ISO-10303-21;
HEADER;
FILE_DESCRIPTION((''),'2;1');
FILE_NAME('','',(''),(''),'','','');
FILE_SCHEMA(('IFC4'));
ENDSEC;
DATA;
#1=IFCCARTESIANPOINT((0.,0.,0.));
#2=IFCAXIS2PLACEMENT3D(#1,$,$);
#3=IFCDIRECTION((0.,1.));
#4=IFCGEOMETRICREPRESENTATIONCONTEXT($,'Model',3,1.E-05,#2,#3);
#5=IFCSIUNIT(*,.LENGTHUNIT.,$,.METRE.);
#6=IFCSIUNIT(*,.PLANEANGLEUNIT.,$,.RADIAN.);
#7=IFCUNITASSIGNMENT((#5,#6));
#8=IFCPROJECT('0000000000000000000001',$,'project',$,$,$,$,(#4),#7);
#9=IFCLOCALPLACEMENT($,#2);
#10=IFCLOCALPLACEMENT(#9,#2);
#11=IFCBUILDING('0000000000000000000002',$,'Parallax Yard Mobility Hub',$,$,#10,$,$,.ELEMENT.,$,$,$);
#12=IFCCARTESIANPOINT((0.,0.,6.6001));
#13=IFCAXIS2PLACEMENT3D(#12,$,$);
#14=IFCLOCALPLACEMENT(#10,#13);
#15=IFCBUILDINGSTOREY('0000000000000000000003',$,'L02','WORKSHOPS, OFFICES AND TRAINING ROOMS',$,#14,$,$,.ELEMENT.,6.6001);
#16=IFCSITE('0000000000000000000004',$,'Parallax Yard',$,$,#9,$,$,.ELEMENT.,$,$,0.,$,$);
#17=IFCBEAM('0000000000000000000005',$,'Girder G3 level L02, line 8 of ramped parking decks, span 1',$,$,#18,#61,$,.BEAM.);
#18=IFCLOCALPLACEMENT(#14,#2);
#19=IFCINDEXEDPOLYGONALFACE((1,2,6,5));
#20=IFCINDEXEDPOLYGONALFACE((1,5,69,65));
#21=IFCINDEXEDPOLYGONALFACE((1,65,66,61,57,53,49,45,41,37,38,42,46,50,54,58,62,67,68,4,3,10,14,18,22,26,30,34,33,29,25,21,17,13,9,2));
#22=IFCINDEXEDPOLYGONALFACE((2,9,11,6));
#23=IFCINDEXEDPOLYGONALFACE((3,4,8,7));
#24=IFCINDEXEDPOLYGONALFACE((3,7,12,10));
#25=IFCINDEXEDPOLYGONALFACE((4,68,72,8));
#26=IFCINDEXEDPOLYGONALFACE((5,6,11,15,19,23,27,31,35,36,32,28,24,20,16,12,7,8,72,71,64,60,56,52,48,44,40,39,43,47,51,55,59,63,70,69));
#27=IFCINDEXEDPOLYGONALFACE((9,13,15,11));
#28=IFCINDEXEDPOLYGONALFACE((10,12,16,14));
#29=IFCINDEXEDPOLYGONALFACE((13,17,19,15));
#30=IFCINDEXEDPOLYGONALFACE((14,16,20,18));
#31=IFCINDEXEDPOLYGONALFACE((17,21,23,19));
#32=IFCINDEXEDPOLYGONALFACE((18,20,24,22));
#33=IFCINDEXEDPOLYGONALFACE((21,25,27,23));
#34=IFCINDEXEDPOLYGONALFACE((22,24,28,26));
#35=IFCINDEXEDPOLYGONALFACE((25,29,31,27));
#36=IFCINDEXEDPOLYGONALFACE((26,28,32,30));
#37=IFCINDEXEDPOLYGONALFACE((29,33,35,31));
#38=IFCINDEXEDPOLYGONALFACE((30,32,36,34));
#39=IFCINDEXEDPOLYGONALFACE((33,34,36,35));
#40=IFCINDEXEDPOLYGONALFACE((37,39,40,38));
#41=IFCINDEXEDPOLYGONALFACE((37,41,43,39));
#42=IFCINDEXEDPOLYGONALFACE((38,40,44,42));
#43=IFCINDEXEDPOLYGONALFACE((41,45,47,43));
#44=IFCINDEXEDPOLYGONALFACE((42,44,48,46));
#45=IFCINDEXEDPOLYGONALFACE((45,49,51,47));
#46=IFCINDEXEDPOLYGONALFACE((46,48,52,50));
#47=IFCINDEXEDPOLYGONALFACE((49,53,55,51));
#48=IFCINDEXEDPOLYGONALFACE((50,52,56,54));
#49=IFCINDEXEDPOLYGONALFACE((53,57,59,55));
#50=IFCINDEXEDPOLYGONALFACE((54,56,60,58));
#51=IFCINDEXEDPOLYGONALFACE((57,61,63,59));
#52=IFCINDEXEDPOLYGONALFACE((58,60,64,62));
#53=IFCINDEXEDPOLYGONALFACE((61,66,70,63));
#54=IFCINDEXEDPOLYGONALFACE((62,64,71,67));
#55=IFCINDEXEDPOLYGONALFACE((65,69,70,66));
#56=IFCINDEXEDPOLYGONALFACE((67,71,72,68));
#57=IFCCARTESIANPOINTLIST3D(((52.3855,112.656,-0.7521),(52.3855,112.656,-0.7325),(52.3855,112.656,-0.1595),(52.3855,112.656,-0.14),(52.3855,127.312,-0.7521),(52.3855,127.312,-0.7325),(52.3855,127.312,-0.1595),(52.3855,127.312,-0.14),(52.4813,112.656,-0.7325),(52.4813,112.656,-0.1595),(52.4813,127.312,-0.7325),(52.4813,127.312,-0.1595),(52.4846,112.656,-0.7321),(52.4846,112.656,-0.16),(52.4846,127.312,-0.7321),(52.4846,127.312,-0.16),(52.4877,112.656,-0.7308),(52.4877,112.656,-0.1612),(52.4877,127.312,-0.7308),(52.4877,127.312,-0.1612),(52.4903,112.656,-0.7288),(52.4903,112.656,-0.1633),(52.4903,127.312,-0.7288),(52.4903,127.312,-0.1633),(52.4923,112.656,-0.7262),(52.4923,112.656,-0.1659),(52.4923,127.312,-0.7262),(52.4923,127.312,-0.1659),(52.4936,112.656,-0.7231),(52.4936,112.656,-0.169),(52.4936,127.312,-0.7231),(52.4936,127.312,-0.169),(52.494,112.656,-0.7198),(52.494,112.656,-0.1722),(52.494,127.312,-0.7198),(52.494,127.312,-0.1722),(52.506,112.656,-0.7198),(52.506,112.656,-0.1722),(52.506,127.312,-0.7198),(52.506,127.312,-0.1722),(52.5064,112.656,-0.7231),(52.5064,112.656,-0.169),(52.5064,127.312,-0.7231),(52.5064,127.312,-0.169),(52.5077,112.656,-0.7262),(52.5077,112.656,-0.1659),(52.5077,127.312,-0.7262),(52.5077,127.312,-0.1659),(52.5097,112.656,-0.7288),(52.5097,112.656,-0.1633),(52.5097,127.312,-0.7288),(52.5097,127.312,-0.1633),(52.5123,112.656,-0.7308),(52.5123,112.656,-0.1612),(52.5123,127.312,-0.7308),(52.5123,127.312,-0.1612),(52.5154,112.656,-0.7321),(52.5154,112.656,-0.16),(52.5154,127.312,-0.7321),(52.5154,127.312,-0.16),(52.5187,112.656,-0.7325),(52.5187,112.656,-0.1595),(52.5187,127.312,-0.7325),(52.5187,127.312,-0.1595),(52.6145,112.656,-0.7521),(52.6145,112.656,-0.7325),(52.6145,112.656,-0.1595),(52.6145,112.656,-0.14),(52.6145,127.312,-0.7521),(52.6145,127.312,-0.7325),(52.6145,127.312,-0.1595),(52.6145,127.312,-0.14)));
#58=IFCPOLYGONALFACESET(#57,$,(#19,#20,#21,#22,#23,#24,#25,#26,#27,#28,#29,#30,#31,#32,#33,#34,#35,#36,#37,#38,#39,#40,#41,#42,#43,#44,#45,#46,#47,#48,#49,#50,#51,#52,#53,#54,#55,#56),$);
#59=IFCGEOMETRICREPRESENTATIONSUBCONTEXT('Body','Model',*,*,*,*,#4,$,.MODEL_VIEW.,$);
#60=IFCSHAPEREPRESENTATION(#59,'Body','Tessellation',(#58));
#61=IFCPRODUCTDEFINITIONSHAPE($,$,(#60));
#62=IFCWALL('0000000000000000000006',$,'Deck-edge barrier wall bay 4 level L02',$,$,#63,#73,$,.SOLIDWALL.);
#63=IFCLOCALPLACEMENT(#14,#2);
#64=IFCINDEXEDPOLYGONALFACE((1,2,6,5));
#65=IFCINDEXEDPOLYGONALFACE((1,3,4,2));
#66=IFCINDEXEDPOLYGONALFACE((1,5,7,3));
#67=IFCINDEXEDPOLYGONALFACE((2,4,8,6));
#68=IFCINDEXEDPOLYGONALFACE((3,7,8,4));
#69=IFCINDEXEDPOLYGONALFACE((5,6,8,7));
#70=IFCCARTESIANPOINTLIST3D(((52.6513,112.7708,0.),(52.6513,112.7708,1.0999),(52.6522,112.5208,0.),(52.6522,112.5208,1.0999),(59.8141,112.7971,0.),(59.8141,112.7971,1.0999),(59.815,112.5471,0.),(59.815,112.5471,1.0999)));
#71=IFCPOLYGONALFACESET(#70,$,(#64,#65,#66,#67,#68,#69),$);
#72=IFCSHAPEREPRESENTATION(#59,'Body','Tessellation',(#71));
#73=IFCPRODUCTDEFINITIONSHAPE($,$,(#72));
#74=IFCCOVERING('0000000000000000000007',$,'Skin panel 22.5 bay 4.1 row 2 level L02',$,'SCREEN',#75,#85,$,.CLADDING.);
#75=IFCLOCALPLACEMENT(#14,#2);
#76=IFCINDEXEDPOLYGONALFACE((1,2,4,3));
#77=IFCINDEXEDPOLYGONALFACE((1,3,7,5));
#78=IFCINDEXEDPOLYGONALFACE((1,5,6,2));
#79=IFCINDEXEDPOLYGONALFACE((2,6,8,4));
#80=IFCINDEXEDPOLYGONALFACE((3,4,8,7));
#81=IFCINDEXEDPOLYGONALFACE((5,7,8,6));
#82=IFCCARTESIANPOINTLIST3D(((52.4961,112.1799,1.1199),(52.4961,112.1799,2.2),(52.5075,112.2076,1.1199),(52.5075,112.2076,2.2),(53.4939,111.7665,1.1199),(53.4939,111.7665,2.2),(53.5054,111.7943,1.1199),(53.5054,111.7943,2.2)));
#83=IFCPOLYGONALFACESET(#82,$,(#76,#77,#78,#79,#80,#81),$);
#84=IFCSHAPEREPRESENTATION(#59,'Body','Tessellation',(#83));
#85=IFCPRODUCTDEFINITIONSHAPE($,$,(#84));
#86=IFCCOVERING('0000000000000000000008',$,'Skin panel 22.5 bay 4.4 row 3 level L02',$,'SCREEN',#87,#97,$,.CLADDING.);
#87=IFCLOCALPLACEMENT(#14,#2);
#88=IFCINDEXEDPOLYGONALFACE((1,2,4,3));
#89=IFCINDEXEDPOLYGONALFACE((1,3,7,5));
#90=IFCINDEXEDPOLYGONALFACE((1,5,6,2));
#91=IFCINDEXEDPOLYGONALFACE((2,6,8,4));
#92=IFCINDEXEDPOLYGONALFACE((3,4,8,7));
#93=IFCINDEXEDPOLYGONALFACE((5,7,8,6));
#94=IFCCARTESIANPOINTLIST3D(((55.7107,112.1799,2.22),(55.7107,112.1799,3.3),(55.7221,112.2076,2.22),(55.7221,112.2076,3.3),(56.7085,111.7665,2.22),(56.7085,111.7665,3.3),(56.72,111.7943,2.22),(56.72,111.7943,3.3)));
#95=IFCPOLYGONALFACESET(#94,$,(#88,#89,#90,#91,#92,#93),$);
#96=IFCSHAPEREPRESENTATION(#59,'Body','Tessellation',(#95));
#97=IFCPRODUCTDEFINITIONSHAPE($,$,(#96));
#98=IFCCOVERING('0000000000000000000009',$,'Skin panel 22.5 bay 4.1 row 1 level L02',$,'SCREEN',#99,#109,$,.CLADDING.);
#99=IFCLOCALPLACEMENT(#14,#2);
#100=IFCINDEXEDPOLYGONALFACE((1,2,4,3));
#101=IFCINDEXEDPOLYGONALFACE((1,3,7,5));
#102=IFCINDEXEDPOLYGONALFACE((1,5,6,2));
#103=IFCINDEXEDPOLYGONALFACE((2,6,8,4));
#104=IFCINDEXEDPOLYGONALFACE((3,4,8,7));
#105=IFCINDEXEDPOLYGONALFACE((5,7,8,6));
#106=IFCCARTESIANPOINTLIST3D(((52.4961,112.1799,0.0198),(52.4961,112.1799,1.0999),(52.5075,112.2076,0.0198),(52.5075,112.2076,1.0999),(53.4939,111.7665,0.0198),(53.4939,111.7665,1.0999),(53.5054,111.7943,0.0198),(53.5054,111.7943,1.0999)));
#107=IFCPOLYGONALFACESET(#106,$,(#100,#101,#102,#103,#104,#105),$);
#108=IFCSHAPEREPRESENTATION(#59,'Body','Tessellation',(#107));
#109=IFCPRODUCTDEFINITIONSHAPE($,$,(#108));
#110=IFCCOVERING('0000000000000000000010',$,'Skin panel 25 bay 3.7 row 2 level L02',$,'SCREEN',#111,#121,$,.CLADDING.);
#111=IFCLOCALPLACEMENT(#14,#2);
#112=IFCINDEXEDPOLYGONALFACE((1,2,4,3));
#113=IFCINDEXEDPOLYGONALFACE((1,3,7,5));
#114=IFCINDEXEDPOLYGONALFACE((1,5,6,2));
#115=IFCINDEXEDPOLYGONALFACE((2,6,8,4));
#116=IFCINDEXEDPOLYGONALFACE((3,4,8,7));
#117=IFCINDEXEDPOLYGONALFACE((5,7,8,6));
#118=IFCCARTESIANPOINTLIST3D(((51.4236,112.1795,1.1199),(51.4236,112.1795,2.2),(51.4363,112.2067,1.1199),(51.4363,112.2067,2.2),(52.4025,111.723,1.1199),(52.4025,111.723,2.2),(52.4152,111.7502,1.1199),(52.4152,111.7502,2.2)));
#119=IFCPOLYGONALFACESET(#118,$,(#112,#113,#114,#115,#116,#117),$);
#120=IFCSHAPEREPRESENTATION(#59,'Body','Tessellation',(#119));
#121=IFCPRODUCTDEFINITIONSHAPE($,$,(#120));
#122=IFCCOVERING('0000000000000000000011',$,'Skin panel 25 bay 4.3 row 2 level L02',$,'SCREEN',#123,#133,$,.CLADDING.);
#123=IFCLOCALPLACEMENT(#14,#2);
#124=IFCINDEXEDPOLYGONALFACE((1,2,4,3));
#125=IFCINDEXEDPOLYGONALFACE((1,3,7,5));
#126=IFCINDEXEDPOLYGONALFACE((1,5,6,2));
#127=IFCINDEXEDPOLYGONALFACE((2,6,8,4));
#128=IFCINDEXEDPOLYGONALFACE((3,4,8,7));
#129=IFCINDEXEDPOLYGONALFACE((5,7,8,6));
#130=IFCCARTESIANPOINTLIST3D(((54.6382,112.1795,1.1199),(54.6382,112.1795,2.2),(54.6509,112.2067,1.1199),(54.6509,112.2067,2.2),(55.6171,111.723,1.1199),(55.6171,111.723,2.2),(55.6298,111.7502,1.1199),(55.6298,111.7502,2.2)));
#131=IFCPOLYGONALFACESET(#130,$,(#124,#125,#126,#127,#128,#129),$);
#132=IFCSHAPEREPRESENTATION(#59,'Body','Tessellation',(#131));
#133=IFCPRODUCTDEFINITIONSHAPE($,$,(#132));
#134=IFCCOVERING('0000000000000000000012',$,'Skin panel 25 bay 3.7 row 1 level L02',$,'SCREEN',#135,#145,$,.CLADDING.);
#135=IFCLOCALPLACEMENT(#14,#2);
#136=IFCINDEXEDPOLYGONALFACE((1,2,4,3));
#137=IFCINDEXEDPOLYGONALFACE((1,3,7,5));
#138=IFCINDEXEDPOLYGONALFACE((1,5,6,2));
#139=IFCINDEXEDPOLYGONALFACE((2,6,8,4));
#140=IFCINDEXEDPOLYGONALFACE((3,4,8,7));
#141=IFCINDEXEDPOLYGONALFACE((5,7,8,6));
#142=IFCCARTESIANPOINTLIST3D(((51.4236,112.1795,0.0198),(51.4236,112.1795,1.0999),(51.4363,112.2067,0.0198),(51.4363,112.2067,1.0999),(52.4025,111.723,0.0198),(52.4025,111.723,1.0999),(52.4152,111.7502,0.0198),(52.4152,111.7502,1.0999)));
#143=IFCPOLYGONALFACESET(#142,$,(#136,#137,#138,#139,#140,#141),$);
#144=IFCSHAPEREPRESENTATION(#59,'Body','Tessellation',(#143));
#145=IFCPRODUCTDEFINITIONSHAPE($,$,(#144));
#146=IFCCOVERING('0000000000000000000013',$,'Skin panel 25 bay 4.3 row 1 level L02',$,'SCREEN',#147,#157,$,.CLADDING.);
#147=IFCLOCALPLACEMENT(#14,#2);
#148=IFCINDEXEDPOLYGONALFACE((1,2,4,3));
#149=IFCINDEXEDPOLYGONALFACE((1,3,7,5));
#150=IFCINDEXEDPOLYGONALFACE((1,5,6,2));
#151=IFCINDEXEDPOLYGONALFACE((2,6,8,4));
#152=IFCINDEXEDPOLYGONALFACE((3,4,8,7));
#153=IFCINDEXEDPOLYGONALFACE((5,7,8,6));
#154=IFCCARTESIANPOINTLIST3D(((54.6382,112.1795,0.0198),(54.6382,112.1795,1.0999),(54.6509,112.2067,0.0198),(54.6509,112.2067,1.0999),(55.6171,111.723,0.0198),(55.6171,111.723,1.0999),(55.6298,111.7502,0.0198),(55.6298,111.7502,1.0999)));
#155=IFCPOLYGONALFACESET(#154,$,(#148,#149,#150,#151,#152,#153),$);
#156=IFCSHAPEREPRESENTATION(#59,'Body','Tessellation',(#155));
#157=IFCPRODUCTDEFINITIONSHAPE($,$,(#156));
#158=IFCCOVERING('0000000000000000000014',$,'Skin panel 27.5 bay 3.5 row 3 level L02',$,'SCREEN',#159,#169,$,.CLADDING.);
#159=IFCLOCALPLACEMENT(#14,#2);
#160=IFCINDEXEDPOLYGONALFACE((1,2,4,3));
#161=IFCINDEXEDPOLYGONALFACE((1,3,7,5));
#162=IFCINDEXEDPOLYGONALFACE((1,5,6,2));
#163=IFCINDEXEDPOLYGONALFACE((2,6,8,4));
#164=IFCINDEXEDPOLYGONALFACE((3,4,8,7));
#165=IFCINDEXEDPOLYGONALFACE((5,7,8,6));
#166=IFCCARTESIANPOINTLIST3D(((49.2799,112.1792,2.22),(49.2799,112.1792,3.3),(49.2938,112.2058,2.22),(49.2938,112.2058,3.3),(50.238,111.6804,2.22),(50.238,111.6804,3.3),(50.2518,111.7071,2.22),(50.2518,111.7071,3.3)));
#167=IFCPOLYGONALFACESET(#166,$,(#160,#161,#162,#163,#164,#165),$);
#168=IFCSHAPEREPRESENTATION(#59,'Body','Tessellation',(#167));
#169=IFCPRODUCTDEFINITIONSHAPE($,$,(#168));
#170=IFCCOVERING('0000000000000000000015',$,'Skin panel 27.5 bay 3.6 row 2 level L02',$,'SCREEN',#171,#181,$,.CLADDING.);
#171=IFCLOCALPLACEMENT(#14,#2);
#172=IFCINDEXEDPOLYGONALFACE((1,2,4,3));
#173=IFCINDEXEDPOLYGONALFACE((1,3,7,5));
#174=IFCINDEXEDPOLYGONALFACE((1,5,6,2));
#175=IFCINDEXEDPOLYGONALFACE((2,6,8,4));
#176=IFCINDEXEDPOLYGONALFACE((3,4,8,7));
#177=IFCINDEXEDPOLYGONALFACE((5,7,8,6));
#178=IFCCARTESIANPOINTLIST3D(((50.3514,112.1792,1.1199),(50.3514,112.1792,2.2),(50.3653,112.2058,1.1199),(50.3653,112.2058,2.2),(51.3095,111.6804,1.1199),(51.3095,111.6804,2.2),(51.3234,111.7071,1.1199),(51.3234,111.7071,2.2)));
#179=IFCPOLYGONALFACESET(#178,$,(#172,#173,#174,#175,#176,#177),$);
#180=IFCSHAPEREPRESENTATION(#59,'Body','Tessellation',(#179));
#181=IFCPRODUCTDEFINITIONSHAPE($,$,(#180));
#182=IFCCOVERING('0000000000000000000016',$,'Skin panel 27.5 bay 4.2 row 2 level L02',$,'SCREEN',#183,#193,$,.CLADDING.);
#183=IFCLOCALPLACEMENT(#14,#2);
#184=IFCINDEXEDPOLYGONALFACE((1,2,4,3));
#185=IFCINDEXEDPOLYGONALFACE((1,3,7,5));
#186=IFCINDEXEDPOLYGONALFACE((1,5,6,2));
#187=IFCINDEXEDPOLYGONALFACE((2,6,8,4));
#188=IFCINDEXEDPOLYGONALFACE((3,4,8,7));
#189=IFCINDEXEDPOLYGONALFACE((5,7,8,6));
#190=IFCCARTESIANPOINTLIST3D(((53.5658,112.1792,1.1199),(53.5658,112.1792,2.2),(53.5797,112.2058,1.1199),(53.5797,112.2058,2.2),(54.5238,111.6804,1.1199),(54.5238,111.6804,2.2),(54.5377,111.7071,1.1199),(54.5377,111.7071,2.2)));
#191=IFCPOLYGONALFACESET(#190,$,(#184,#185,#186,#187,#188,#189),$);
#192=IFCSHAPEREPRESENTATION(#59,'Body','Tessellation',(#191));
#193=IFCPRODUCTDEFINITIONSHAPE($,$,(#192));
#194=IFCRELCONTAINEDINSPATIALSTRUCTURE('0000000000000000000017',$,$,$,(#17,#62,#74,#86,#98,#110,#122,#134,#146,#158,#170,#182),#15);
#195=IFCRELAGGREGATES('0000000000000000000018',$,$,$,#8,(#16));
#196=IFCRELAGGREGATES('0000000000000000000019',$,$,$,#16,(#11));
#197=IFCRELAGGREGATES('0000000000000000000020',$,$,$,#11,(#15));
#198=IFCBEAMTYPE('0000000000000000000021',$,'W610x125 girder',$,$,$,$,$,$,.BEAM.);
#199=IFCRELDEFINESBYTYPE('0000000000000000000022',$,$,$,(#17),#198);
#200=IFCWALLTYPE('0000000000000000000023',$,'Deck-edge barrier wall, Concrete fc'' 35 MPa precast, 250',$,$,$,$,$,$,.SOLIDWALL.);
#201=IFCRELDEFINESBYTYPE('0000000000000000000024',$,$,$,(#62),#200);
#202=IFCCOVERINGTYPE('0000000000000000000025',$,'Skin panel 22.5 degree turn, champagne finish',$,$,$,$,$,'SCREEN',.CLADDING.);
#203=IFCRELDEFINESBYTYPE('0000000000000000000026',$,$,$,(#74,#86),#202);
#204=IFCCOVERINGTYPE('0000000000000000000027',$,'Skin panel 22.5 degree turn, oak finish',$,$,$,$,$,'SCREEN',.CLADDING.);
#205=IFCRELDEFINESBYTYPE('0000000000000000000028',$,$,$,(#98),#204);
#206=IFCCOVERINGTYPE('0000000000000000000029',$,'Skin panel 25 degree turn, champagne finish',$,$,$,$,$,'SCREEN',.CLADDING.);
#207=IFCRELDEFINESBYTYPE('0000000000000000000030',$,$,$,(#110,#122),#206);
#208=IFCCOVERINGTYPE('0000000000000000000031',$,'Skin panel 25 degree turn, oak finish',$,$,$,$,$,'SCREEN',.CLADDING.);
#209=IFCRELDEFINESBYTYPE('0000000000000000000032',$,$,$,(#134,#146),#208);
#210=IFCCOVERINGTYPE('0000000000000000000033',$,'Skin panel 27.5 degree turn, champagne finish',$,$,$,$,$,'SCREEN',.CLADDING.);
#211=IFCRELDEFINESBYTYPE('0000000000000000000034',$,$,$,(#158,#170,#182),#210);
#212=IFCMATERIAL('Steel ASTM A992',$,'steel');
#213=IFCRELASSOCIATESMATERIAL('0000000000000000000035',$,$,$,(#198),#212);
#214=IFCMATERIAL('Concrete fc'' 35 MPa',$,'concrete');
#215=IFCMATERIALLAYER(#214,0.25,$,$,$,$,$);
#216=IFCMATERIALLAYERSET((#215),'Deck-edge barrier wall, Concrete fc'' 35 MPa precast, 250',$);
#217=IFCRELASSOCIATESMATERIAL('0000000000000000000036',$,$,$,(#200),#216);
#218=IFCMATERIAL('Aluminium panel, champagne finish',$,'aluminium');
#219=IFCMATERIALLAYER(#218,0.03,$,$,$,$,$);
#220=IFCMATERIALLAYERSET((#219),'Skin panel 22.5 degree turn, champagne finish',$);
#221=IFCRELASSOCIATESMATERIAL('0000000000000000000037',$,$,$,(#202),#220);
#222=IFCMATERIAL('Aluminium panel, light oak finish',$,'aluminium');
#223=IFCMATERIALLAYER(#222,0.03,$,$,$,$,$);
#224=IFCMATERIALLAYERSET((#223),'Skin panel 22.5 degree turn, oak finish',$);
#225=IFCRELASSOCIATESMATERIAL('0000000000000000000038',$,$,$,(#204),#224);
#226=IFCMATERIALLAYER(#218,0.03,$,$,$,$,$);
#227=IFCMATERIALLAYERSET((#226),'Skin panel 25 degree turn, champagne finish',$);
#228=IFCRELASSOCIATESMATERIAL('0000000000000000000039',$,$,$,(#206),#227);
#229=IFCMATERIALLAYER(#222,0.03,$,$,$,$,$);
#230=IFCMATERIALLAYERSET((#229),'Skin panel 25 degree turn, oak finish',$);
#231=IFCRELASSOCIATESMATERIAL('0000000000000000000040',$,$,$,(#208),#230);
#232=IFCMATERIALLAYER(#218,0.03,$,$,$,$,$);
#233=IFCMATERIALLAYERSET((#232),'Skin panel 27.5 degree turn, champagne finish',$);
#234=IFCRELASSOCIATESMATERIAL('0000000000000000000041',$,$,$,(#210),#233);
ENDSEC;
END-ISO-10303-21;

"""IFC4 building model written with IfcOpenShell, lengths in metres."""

from ifc_helpers import new_model, si_unit, direction, frame, frame_2d, origin, origin_2d, place, context, subcontext, project, spatial, rectangle, i_section, extrude, material, layer, layer_set, material_profile, profile_set, type_object, element, save


model = new_model("IFC4")

# Units and contexts
model_context = context("Model", 3, precision=1e-05, world=origin(), true_north=direction((0.0, 1.0)))
body_context = subcontext(model_context, "Body", "Model", "MODEL_VIEW")
ifc_project = project(units=[si_unit("LENGTHUNIT", "METRE"), si_unit("PLANEANGLEUNIT", "RADIAN")], contexts=[model_context])

# Site, building, storey
site_placement = place(None, origin())
site = spatial("IfcSite", under=ifc_project, at=site_placement, Name="Parallax Yard", CompositionType="ELEMENT", RefElevation=0.0)
building_placement = place(site_placement, origin())
building = spatial("IfcBuilding", under=site, at=building_placement, Name="Parallax Yard Mobility Hub", CompositionType="ELEMENT")
storey_placement = place(building_placement, frame((0.0, 0.0, 6.6001)))
storey = spatial("IfcBuildingStorey", under=building, at=storey_placement, Name="L02", Description="WORKSHOPS, OFFICES AND TRAINING ROOMS", CompositionType="ELEMENT", Elevation=6.6001)

# Shared definitions
ifc_material_1 = material(Name="Steel ASTM A992", Category="steel")

# Beam
ifc_material_profile_1 = material_profile(ifc_material_1, i_section(OverallWidth=0.229, OverallDepth=0.6121, WebThickness=0.012, FlangeThickness=0.0195, FilletRadius=0.0127, at=origin_2d()), Name="W610x125")
ifc_profile_set_1 = profile_set([ifc_material_profile_1], Name="Steel ASTM A992")
beam_type_1 = type_object("IfcBeamType", Name="W610x125 girder", PredefinedType="BEAM", material=ifc_profile_set_1)
beam_1_placement = place(storey_placement, frame((52.5, 112.656, -0.446), z_axis=(0.0, 1.0, 0.0), x_axis=(-1.0, 0.0, 0.0)))
element("IfcBeam", 1, at=beam_1_placement, inside=storey, type_object=beam_type_1, Name="Girder G3 level L02, line 8 of ramped parking decks, span 1", PredefinedType="BEAM", context=body_context, shape_type="SweptSolid", body=[
    extrude(i_section(OverallWidth=0.229, OverallDepth=0.6121, WebThickness=0.012, FlangeThickness=0.0195, FilletRadius=0.0127, at=origin_2d()), origin(), (0.0, 0.0, 1.0), 14.656),
])

# Wall
ifc_material_2 = material(Name="Concrete fc' 35 MPa", Category="concrete")
ifc_layer_1 = layer(ifc_material_2, 0.25)
ifc_layer_set_1 = layer_set([ifc_layer_1], Name="Deck-edge barrier wall, Concrete fc' 35 MPa precast, 250")
wall_type = type_object("IfcWallType", Name="Deck-edge barrier wall, Concrete fc' 35 MPa precast, 250", PredefinedType="SOLIDWALL", material=ifc_layer_set_1)
wall_placement = place(storey_placement, frame((52.6516, 112.6458, 0.0), z_axis=(0.0, 0.0, 1.0), x_axis=(0.999993, 0.003681, 0.0)))
element("IfcWall", 2, at=wall_placement, inside=storey, type_object=wall_type, Name="Deck-edge barrier wall bay 4 level L02", PredefinedType="SOLIDWALL", context=body_context, shape_type="SweptSolid", body=[
    extrude(rectangle(XDim=7.1628, YDim=0.25, at=frame_2d((3.5815, 0.0))), origin(), (0.0, 0.0, 1.0), 1.0999),
])

# Coverings
ifc_material_3 = material(Name="Aluminium panel, champagne finish", Category="aluminium")
ifc_layer_2 = layer(ifc_material_3, 0.03)
ifc_layer_set_2 = layer_set([ifc_layer_2], Name="Skin panel 22.5 degree turn, champagne finish")
covering_type_1 = type_object("IfcCoveringType", Name="Skin panel 22.5 degree turn, champagne finish", ElementType="SCREEN", PredefinedType="CLADDING", material=ifc_layer_set_2)
for number, where, z_axis, x_axis, name in (
    (3, (53.0007, 111.9871, 1.1199), (0.0, 0.0, 1.0), (0.92388, -0.382683, 0.0), "Skin panel 22.5 bay 4.1 row 2 level L02"),
    (4, (56.2153, 111.9871, 2.22), (0.0, 0.0, 1.0), (0.92388, -0.382683, 0.0), "Skin panel 22.5 bay 4.4 row 3 level L02"),
):
    element("IfcCovering", number, at=place(storey_placement, frame(where, z_axis=z_axis, x_axis=x_axis)), inside=storey, type_object=covering_type_1, Name=name, ObjectType="SCREEN", PredefinedType="CLADDING", context=body_context, shape_type="SweptSolid", body=[
        extrude(rectangle(XDim=1.0801, YDim=0.03, at=origin_2d()), origin(), (0.0, 0.0, 1.0), 1.0801),
    ])
ifc_material_4 = material(Name="Aluminium panel, light oak finish", Category="aluminium")
ifc_layer_3 = layer(ifc_material_4, 0.03)
ifc_layer_set_3 = layer_set([ifc_layer_3], Name="Skin panel 22.5 degree turn, oak finish")
covering_type_2 = type_object("IfcCoveringType", Name="Skin panel 22.5 degree turn, oak finish", ElementType="SCREEN", PredefinedType="CLADDING", material=ifc_layer_set_3)
covering_placement = place(storey_placement, frame((53.0007, 111.9871, 0.0198), z_axis=(0.0, 0.0, 1.0), x_axis=(0.92388, -0.382683, 0.0)))
element("IfcCovering", 5, at=covering_placement, inside=storey, type_object=covering_type_2, Name="Skin panel 22.5 bay 4.1 row 1 level L02", ObjectType="SCREEN", PredefinedType="CLADDING", context=body_context, shape_type="SweptSolid", body=[
    extrude(rectangle(XDim=1.0801, YDim=0.03, at=origin_2d()), origin(), (0.0, 0.0, 1.0), 1.0801),
])
ifc_layer_4 = layer(ifc_material_3, 0.03)
ifc_layer_set_4 = layer_set([ifc_layer_4], Name="Skin panel 25 degree turn, champagne finish")
covering_type_3 = type_object("IfcCoveringType", Name="Skin panel 25 degree turn, champagne finish", ElementType="SCREEN", PredefinedType="CLADDING", material=ifc_layer_set_4)
for number, where, z_axis, x_axis, name in (
    (6, (51.9194, 111.9648, 1.1199), (0.0, 0.0, 1.0), (0.906308, -0.422618, 0.0), "Skin panel 25 bay 3.7 row 2 level L02"),
    (7, (55.134, 111.9648, 1.1199), (0.0, 0.0, 1.0), (0.906308, -0.422618, 0.0), "Skin panel 25 bay 4.3 row 2 level L02"),
):
    element("IfcCovering", number, at=place(storey_placement, frame(where, z_axis=z_axis, x_axis=x_axis)), inside=storey, type_object=covering_type_3, Name=name, ObjectType="SCREEN", PredefinedType="CLADDING", context=body_context, shape_type="SweptSolid", body=[
        extrude(rectangle(XDim=1.0801, YDim=0.03, at=origin_2d()), origin(), (0.0, 0.0, 1.0), 1.0801),
    ])
ifc_layer_5 = layer(ifc_material_4, 0.03)
ifc_layer_set_5 = layer_set([ifc_layer_5], Name="Skin panel 25 degree turn, oak finish")
covering_type_4 = type_object("IfcCoveringType", Name="Skin panel 25 degree turn, oak finish", ElementType="SCREEN", PredefinedType="CLADDING", material=ifc_layer_set_5)
for number, where, z_axis, x_axis, name in (
    (8, (51.9194, 111.9648, 0.0198), (0.0, 0.0, 1.0), (0.906308, -0.422618, 0.0), "Skin panel 25 bay 3.7 row 1 level L02"),
    (9, (55.134, 111.9648, 0.0198), (0.0, 0.0, 1.0), (0.906308, -0.422618, 0.0), "Skin panel 25 bay 4.3 row 1 level L02"),
):
    element("IfcCovering", number, at=place(storey_placement, frame(where, z_axis=z_axis, x_axis=x_axis)), inside=storey, type_object=covering_type_4, Name=name, ObjectType="SCREEN", PredefinedType="CLADDING", context=body_context, shape_type="SweptSolid", body=[
        extrude(rectangle(XDim=1.0801, YDim=0.03, at=origin_2d()), origin(), (0.0, 0.0, 1.0), 1.0801),
    ])
ifc_layer_6 = layer(ifc_material_3, 0.03)
ifc_layer_set_6 = layer_set([ifc_layer_6], Name="Skin panel 27.5 degree turn, champagne finish")
covering_type_5 = type_object("IfcCoveringType", Name="Skin panel 27.5 degree turn, champagne finish", ElementType="SCREEN", PredefinedType="CLADDING", material=ifc_layer_set_6)
for number, where, z_axis, x_axis, name in (
    (10, (49.7659, 111.9431, 2.22), (0.0, 0.0, 1.0), (0.887011, -0.461749, 0.0), "Skin panel 27.5 bay 3.5 row 3 level L02"),
    (11, (50.8374, 111.9431, 1.1199), (0.0, 0.0, 1.0), (0.887011, -0.461749, 0.0), "Skin panel 27.5 bay 3.6 row 2 level L02"),
    (12, (54.0518, 111.9431, 1.1199), (0.0, 0.0, 1.0), (0.887011, -0.461749, 0.0), "Skin panel 27.5 bay 4.2 row 2 level L02"),
):
    element("IfcCovering", number, at=place(storey_placement, frame(where, z_axis=z_axis, x_axis=x_axis)), inside=storey, type_object=covering_type_5, Name=name, ObjectType="SCREEN", PredefinedType="CLADDING", context=body_context, shape_type="SweptSolid", body=[
        extrude(rectangle(XDim=1.0801, YDim=0.03, at=origin_2d()), origin(), (0.0, 0.0, 1.0), 1.0801),
    ])

save(model, "model.ifc")
